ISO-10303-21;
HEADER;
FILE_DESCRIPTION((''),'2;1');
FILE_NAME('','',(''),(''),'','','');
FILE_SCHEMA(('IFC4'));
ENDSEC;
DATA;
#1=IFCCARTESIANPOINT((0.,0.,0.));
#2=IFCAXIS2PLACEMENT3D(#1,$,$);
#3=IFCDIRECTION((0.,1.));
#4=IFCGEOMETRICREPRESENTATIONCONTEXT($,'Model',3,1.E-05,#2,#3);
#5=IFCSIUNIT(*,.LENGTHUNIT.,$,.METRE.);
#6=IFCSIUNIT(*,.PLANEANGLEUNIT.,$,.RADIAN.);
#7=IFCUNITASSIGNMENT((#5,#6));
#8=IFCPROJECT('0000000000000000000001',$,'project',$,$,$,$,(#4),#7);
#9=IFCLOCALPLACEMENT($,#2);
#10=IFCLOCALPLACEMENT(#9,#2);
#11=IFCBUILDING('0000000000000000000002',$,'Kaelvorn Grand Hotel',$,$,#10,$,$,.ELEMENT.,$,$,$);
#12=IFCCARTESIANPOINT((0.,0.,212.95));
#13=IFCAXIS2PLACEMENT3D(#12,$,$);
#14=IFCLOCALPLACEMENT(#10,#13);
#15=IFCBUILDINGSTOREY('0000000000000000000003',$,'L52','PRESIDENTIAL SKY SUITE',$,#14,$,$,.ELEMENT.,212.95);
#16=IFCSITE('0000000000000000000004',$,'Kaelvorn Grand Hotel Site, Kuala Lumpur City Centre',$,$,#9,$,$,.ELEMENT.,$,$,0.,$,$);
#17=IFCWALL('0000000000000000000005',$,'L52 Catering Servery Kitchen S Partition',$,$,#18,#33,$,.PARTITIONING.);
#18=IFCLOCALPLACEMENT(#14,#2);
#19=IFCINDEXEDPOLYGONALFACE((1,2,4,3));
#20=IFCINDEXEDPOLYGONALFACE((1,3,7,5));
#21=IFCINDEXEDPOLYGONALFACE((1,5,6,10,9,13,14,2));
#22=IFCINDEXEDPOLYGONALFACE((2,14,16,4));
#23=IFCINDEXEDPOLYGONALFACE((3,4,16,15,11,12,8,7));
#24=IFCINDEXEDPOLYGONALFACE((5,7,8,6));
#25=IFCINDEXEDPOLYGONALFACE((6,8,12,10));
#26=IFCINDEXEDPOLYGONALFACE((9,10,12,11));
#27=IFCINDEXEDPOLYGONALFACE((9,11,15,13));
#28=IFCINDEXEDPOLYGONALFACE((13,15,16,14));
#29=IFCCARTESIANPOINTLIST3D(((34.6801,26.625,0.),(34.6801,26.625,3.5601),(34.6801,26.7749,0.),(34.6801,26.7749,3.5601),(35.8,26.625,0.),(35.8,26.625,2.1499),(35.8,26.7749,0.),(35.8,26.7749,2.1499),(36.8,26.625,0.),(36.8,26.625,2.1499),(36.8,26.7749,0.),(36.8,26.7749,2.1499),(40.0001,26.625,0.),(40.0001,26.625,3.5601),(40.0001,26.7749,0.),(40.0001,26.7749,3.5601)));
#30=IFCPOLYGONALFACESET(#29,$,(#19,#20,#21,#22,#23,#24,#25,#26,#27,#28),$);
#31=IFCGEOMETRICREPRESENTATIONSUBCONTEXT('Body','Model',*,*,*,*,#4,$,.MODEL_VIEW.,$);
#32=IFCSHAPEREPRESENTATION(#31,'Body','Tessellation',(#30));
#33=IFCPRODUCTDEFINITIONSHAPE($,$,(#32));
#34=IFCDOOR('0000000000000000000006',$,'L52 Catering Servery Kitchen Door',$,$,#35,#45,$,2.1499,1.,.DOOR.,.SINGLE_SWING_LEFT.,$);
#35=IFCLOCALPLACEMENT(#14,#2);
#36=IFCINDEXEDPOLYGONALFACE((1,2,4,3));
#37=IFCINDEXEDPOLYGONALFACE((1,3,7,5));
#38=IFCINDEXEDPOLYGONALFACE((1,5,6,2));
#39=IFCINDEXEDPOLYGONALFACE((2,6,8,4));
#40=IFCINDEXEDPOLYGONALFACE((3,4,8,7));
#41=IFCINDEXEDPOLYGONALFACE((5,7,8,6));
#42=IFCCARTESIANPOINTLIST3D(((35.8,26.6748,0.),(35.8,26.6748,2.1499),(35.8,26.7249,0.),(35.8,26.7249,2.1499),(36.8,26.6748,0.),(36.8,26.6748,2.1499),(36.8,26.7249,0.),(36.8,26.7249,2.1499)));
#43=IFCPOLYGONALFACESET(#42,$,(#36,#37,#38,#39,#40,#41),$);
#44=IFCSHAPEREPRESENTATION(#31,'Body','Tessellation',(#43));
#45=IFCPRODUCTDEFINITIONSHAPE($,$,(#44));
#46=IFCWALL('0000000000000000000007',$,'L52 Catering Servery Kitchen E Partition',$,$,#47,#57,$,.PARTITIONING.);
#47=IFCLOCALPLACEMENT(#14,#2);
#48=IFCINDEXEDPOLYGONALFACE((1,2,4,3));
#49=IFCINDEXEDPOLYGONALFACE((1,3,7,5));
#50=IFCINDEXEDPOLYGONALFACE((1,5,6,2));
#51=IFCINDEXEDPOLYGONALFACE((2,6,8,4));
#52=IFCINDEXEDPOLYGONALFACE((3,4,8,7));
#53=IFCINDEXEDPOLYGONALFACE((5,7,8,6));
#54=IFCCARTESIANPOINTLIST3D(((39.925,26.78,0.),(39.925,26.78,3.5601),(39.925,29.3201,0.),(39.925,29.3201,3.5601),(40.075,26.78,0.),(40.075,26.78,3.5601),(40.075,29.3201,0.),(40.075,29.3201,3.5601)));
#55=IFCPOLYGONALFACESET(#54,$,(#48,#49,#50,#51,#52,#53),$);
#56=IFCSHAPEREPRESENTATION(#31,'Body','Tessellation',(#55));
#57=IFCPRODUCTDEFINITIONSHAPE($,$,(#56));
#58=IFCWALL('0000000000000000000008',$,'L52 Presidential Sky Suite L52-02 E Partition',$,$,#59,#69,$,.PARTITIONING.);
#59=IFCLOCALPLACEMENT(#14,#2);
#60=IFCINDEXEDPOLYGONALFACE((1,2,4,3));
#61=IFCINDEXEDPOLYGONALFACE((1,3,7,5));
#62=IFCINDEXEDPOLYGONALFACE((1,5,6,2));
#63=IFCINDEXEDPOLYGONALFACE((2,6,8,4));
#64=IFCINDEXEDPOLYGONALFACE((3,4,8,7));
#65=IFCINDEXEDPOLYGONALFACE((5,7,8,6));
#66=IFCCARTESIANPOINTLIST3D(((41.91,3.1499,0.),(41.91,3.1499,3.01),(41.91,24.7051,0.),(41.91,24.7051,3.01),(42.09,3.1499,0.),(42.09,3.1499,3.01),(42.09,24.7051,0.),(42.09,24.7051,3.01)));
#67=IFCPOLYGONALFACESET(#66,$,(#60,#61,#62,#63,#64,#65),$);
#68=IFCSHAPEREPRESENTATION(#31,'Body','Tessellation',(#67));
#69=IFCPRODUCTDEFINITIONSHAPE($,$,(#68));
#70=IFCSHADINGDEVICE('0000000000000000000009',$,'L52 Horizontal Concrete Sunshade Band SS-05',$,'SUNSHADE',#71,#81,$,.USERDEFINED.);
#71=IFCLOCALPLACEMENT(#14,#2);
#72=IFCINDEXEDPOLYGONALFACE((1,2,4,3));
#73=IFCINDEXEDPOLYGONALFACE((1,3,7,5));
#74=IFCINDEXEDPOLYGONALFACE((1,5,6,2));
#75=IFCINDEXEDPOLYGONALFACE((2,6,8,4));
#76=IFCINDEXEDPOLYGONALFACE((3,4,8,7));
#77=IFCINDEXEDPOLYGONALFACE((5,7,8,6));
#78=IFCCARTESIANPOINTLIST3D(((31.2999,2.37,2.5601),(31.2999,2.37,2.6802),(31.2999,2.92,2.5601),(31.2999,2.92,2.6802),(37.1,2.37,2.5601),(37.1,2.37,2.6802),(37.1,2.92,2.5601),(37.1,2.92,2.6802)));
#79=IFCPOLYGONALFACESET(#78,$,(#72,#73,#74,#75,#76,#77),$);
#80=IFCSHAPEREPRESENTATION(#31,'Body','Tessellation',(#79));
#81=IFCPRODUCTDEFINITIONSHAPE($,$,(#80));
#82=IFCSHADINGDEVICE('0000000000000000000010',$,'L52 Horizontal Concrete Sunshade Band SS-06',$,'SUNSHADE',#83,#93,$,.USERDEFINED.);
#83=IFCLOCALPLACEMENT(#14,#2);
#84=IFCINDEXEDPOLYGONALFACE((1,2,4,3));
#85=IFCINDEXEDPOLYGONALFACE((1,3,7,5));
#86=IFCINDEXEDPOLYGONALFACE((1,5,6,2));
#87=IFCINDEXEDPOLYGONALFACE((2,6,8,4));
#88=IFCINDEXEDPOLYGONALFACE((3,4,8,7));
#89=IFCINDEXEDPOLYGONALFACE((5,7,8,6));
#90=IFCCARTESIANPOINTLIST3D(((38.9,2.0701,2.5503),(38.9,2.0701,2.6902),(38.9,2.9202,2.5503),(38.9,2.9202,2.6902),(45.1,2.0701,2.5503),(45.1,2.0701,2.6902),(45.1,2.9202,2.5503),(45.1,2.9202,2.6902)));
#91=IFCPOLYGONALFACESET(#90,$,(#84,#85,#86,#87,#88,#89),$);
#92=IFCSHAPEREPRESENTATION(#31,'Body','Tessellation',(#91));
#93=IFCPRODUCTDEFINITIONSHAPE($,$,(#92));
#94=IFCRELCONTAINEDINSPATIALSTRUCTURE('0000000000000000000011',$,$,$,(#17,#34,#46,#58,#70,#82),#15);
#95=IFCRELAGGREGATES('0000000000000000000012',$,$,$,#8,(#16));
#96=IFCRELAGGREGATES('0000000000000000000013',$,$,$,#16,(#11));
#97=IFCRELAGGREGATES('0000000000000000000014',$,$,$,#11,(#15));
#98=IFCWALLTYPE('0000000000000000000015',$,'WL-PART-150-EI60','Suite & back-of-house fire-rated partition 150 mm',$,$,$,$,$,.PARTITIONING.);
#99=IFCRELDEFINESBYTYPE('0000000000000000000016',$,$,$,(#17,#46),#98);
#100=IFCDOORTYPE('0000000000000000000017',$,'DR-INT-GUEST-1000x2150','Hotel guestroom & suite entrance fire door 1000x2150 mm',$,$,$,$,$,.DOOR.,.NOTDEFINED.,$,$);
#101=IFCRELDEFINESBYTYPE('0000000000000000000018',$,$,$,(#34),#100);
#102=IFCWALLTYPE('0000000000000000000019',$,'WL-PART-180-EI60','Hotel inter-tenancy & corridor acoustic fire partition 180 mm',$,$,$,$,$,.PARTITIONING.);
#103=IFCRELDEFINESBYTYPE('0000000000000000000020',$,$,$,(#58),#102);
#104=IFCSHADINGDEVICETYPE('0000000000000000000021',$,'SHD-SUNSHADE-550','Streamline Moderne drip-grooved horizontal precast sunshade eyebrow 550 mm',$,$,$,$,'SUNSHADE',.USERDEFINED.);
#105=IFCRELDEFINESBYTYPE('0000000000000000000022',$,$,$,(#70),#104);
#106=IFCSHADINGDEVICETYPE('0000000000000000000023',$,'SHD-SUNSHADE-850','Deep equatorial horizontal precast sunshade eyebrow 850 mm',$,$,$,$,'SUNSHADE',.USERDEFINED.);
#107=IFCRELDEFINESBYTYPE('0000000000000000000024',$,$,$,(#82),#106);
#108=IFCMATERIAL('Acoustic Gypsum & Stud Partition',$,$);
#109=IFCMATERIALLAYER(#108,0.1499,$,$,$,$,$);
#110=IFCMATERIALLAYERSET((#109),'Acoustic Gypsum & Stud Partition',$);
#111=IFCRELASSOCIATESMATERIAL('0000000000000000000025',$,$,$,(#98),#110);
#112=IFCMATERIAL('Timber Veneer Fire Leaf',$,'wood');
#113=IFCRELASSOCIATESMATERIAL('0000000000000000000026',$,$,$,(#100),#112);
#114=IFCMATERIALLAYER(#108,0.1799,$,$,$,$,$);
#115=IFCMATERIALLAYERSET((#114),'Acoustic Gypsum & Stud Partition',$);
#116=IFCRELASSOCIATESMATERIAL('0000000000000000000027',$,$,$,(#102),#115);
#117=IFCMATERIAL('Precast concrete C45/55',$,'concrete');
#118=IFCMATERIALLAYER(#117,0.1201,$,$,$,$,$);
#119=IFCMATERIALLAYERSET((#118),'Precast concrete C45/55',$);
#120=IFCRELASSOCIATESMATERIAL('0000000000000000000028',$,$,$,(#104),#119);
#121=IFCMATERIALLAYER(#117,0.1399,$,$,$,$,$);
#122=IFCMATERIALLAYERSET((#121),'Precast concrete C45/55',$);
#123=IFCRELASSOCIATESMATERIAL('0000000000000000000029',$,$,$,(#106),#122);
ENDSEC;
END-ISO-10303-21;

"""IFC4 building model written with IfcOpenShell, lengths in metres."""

from ifc_helpers import new_model, si_unit, direction, frame, frame_2d, origin, origin_2d, place, context, subcontext, project, spatial, rectangle, extrude, material, layer, layer_set, type_object, element, fill, save


model = new_model("IFC4")

# Units and contexts
model_context = context("Model", 3, precision=1e-05, world=origin(), true_north=direction((0.0, 1.0)))
body_context = subcontext(model_context, "Body", "Model", "MODEL_VIEW")
ifc_project = project(units=[si_unit("LENGTHUNIT", "METRE"), si_unit("PLANEANGLEUNIT", "RADIAN")], contexts=[model_context])

# Site, building, storey
site_placement = place(None, origin())
site = spatial("IfcSite", under=ifc_project, at=site_placement, Name="Kaelvorn Grand Hotel Site, Kuala Lumpur City Centre", CompositionType="ELEMENT", RefElevation=0.0)
building_placement = place(site_placement, origin())
building = spatial("IfcBuilding", under=site, at=building_placement, Name="Kaelvorn Grand Hotel", CompositionType="ELEMENT")
storey_placement = place(building_placement, frame((0.0, 0.0, 212.95)))
storey = spatial("IfcBuildingStorey", under=building, at=storey_placement, Name="L52", Description="PRESIDENTIAL SKY SUITE", CompositionType="ELEMENT", Elevation=212.95)

# Shared definitions
ifc_material_1 = material(Name="Acoustic Gypsum & Stud Partition")
ifc_layer_1 = layer(ifc_material_1, 0.1499)
ifc_layer_set_1 = layer_set([ifc_layer_1], Name="Acoustic Gypsum & Stud Partition")
wall_type_1 = type_object("IfcWallType", Name="WL-PART-150-EI60", Description="Suite & back-of-house fire-rated partition 150 mm", PredefinedType="PARTITIONING", material=ifc_layer_set_1)

# Wall, opening, door
wall_1_placement = place(storey_placement, frame((34.6799, 26.7, 0.0), z_axis=(0.0, 0.0, 1.0), x_axis=(1.0, 0.0, 0.0)))
wall_1 = element("IfcWall", 1, at=wall_1_placement, inside=storey, type_object=wall_type_1, Name="L52 Catering Servery Kitchen S Partition", PredefinedType="PARTITIONING", context=body_context, shape_type="SweptSolid", body=[
    extrude(rectangle(XDim=5.3201, YDim=0.1499, at=frame_2d((2.6602, 0.0))), origin(), (0.0, 0.0, 1.0), 3.5601),
])
opening_1_placement = place(wall_1_placement, frame((1.1201, 0.0, 0.0)))
opening_1 = element("IfcOpeningElement", 2, at=opening_1_placement, cuts=wall_1, PredefinedType="OPENING", context=body_context, shape_type="SweptSolid", body=[
    extrude(rectangle(XDim=1.0, YDim=2.1499, at=frame_2d((0.5, 1.075))), frame((0.0, 0.085, 0.0), z_axis=(0.0, -1.0, 0.0), x_axis=(1.0, 0.0, 0.0)), (0.0, 0.0, 1.0), 0.1699),
])
ifc_material_2 = material(Name="Timber Veneer Fire Leaf", Category="wood")
door_type_1 = type_object("IfcDoorType", Name="DR-INT-GUEST-1000x2150", Description="Hotel guestroom & suite entrance fire door 1000x2150 mm", OperationType="NOTDEFINED", PredefinedType="DOOR", material=ifc_material_2)
door_1_placement = place(opening_1_placement, origin())
door_1 = element("IfcDoor", 3, at=door_1_placement, inside=storey, type_object=door_type_1, Name="L52 Catering Servery Kitchen Door", OperationType="SINGLE_SWING_LEFT", OverallHeight=2.1499, OverallWidth=1.0, PredefinedType="DOOR", context=body_context, shape_type="SweptSolid", body=[
    extrude(rectangle(XDim=1.0, YDim=2.1499, at=frame_2d((0.5, 1.075))), frame((0.0, 0.0249, 0.0), z_axis=(0.0, -1.0, 0.0), x_axis=(1.0, 0.0, 0.0)), (0.0, 0.0, 1.0), 0.05),
])
fill(opening_1, door_1)

# Walls
wall_2_placement = place(storey_placement, frame((40.0, 26.78, 0.0), z_axis=(0.0, 0.0, 1.0), x_axis=(0.0, 1.0, 0.0)))
element("IfcWall", 4, at=wall_2_placement, inside=storey, type_object=wall_type_1, Name="L52 Catering Servery Kitchen E Partition", PredefinedType="PARTITIONING", context=body_context, shape_type="SweptSolid", body=[
    extrude(rectangle(XDim=2.54, YDim=0.1499, at=frame_2d((1.27, 0.0))), origin(), (0.0, 0.0, 1.0), 3.5601),
])
ifc_layer_2 = layer(ifc_material_1, 0.1799)
ifc_layer_set_2 = layer_set([ifc_layer_2], Name="Acoustic Gypsum & Stud Partition")
wall_type_2 = type_object("IfcWallType", Name="WL-PART-180-EI60", Description="Hotel inter-tenancy & corridor acoustic fire partition 180 mm", PredefinedType="PARTITIONING", material=ifc_layer_set_2)
wall_3_placement = place(storey_placement, frame((42.0, 3.1499, 0.0), z_axis=(0.0, 0.0, 1.0), x_axis=(0.0, 1.0, 0.0)))
element("IfcWall", 5, at=wall_3_placement, inside=storey, type_object=wall_type_2, Name="L52 Presidential Sky Suite L52-02 E Partition", PredefinedType="PARTITIONING", context=body_context, shape_type="SweptSolid", body=[
    extrude(rectangle(XDim=21.5552, YDim=0.1799, at=frame_2d((10.7776, 0.0))), origin(), (0.0, 0.0, 1.0), 3.01),
])

# Shading devices
ifc_material_3 = material(Name="Precast concrete C45/55", Category="concrete")
ifc_layer_3 = layer(ifc_material_3, 0.1201)
ifc_layer_set_3 = layer_set([ifc_layer_3], Name="Precast concrete C45/55")
shading_device_type_1 = type_object("IfcShadingDeviceType", Name="SHD-SUNSHADE-550", Description="Streamline Moderne drip-grooved horizontal precast sunshade eyebrow 550 mm", ElementType="SUNSHADE", PredefinedType="USERDEFINED", material=ifc_layer_set_3)
shading_device_1_placement = place(storey_placement, frame((34.2, 2.645, 2.5601), z_axis=(0.0, 0.0, 1.0), x_axis=(1.0, 0.0, 0.0)))
element("IfcShadingDevice", 6, at=shading_device_1_placement, inside=storey, type_object=shading_device_type_1, Name="L52 Horizontal Concrete Sunshade Band SS-05", ObjectType="SUNSHADE", PredefinedType="USERDEFINED", context=body_context, shape_type="SweptSolid", body=[
    extrude(rectangle(XDim=5.8, YDim=0.55, at=origin_2d()), origin(), (0.0, 0.0, 1.0), 0.1201),
])
ifc_layer_4 = layer(ifc_material_3, 0.1399)
ifc_layer_set_4 = layer_set([ifc_layer_4], Name="Precast concrete C45/55")
shading_device_type_2 = type_object("IfcShadingDeviceType", Name="SHD-SUNSHADE-850", Description="Deep equatorial horizontal precast sunshade eyebrow 850 mm", ElementType="SUNSHADE", PredefinedType="USERDEFINED", material=ifc_layer_set_4)
shading_device_2_placement = place(storey_placement, frame((42.0, 2.4951, 2.5503), z_axis=(0.0, 0.0, 1.0), x_axis=(1.0, 0.0, 0.0)))
element("IfcShadingDevice", 7, at=shading_device_2_placement, inside=storey, type_object=shading_device_type_2, Name="L52 Horizontal Concrete Sunshade Band SS-06", ObjectType="SUNSHADE", PredefinedType="USERDEFINED", context=body_context, shape_type="SweptSolid", body=[
    extrude(rectangle(XDim=6.2, YDim=0.8501, at=origin_2d()), origin(), (0.0, 0.0, 1.0), 0.1399),
])

save(model, "model.ifc")
